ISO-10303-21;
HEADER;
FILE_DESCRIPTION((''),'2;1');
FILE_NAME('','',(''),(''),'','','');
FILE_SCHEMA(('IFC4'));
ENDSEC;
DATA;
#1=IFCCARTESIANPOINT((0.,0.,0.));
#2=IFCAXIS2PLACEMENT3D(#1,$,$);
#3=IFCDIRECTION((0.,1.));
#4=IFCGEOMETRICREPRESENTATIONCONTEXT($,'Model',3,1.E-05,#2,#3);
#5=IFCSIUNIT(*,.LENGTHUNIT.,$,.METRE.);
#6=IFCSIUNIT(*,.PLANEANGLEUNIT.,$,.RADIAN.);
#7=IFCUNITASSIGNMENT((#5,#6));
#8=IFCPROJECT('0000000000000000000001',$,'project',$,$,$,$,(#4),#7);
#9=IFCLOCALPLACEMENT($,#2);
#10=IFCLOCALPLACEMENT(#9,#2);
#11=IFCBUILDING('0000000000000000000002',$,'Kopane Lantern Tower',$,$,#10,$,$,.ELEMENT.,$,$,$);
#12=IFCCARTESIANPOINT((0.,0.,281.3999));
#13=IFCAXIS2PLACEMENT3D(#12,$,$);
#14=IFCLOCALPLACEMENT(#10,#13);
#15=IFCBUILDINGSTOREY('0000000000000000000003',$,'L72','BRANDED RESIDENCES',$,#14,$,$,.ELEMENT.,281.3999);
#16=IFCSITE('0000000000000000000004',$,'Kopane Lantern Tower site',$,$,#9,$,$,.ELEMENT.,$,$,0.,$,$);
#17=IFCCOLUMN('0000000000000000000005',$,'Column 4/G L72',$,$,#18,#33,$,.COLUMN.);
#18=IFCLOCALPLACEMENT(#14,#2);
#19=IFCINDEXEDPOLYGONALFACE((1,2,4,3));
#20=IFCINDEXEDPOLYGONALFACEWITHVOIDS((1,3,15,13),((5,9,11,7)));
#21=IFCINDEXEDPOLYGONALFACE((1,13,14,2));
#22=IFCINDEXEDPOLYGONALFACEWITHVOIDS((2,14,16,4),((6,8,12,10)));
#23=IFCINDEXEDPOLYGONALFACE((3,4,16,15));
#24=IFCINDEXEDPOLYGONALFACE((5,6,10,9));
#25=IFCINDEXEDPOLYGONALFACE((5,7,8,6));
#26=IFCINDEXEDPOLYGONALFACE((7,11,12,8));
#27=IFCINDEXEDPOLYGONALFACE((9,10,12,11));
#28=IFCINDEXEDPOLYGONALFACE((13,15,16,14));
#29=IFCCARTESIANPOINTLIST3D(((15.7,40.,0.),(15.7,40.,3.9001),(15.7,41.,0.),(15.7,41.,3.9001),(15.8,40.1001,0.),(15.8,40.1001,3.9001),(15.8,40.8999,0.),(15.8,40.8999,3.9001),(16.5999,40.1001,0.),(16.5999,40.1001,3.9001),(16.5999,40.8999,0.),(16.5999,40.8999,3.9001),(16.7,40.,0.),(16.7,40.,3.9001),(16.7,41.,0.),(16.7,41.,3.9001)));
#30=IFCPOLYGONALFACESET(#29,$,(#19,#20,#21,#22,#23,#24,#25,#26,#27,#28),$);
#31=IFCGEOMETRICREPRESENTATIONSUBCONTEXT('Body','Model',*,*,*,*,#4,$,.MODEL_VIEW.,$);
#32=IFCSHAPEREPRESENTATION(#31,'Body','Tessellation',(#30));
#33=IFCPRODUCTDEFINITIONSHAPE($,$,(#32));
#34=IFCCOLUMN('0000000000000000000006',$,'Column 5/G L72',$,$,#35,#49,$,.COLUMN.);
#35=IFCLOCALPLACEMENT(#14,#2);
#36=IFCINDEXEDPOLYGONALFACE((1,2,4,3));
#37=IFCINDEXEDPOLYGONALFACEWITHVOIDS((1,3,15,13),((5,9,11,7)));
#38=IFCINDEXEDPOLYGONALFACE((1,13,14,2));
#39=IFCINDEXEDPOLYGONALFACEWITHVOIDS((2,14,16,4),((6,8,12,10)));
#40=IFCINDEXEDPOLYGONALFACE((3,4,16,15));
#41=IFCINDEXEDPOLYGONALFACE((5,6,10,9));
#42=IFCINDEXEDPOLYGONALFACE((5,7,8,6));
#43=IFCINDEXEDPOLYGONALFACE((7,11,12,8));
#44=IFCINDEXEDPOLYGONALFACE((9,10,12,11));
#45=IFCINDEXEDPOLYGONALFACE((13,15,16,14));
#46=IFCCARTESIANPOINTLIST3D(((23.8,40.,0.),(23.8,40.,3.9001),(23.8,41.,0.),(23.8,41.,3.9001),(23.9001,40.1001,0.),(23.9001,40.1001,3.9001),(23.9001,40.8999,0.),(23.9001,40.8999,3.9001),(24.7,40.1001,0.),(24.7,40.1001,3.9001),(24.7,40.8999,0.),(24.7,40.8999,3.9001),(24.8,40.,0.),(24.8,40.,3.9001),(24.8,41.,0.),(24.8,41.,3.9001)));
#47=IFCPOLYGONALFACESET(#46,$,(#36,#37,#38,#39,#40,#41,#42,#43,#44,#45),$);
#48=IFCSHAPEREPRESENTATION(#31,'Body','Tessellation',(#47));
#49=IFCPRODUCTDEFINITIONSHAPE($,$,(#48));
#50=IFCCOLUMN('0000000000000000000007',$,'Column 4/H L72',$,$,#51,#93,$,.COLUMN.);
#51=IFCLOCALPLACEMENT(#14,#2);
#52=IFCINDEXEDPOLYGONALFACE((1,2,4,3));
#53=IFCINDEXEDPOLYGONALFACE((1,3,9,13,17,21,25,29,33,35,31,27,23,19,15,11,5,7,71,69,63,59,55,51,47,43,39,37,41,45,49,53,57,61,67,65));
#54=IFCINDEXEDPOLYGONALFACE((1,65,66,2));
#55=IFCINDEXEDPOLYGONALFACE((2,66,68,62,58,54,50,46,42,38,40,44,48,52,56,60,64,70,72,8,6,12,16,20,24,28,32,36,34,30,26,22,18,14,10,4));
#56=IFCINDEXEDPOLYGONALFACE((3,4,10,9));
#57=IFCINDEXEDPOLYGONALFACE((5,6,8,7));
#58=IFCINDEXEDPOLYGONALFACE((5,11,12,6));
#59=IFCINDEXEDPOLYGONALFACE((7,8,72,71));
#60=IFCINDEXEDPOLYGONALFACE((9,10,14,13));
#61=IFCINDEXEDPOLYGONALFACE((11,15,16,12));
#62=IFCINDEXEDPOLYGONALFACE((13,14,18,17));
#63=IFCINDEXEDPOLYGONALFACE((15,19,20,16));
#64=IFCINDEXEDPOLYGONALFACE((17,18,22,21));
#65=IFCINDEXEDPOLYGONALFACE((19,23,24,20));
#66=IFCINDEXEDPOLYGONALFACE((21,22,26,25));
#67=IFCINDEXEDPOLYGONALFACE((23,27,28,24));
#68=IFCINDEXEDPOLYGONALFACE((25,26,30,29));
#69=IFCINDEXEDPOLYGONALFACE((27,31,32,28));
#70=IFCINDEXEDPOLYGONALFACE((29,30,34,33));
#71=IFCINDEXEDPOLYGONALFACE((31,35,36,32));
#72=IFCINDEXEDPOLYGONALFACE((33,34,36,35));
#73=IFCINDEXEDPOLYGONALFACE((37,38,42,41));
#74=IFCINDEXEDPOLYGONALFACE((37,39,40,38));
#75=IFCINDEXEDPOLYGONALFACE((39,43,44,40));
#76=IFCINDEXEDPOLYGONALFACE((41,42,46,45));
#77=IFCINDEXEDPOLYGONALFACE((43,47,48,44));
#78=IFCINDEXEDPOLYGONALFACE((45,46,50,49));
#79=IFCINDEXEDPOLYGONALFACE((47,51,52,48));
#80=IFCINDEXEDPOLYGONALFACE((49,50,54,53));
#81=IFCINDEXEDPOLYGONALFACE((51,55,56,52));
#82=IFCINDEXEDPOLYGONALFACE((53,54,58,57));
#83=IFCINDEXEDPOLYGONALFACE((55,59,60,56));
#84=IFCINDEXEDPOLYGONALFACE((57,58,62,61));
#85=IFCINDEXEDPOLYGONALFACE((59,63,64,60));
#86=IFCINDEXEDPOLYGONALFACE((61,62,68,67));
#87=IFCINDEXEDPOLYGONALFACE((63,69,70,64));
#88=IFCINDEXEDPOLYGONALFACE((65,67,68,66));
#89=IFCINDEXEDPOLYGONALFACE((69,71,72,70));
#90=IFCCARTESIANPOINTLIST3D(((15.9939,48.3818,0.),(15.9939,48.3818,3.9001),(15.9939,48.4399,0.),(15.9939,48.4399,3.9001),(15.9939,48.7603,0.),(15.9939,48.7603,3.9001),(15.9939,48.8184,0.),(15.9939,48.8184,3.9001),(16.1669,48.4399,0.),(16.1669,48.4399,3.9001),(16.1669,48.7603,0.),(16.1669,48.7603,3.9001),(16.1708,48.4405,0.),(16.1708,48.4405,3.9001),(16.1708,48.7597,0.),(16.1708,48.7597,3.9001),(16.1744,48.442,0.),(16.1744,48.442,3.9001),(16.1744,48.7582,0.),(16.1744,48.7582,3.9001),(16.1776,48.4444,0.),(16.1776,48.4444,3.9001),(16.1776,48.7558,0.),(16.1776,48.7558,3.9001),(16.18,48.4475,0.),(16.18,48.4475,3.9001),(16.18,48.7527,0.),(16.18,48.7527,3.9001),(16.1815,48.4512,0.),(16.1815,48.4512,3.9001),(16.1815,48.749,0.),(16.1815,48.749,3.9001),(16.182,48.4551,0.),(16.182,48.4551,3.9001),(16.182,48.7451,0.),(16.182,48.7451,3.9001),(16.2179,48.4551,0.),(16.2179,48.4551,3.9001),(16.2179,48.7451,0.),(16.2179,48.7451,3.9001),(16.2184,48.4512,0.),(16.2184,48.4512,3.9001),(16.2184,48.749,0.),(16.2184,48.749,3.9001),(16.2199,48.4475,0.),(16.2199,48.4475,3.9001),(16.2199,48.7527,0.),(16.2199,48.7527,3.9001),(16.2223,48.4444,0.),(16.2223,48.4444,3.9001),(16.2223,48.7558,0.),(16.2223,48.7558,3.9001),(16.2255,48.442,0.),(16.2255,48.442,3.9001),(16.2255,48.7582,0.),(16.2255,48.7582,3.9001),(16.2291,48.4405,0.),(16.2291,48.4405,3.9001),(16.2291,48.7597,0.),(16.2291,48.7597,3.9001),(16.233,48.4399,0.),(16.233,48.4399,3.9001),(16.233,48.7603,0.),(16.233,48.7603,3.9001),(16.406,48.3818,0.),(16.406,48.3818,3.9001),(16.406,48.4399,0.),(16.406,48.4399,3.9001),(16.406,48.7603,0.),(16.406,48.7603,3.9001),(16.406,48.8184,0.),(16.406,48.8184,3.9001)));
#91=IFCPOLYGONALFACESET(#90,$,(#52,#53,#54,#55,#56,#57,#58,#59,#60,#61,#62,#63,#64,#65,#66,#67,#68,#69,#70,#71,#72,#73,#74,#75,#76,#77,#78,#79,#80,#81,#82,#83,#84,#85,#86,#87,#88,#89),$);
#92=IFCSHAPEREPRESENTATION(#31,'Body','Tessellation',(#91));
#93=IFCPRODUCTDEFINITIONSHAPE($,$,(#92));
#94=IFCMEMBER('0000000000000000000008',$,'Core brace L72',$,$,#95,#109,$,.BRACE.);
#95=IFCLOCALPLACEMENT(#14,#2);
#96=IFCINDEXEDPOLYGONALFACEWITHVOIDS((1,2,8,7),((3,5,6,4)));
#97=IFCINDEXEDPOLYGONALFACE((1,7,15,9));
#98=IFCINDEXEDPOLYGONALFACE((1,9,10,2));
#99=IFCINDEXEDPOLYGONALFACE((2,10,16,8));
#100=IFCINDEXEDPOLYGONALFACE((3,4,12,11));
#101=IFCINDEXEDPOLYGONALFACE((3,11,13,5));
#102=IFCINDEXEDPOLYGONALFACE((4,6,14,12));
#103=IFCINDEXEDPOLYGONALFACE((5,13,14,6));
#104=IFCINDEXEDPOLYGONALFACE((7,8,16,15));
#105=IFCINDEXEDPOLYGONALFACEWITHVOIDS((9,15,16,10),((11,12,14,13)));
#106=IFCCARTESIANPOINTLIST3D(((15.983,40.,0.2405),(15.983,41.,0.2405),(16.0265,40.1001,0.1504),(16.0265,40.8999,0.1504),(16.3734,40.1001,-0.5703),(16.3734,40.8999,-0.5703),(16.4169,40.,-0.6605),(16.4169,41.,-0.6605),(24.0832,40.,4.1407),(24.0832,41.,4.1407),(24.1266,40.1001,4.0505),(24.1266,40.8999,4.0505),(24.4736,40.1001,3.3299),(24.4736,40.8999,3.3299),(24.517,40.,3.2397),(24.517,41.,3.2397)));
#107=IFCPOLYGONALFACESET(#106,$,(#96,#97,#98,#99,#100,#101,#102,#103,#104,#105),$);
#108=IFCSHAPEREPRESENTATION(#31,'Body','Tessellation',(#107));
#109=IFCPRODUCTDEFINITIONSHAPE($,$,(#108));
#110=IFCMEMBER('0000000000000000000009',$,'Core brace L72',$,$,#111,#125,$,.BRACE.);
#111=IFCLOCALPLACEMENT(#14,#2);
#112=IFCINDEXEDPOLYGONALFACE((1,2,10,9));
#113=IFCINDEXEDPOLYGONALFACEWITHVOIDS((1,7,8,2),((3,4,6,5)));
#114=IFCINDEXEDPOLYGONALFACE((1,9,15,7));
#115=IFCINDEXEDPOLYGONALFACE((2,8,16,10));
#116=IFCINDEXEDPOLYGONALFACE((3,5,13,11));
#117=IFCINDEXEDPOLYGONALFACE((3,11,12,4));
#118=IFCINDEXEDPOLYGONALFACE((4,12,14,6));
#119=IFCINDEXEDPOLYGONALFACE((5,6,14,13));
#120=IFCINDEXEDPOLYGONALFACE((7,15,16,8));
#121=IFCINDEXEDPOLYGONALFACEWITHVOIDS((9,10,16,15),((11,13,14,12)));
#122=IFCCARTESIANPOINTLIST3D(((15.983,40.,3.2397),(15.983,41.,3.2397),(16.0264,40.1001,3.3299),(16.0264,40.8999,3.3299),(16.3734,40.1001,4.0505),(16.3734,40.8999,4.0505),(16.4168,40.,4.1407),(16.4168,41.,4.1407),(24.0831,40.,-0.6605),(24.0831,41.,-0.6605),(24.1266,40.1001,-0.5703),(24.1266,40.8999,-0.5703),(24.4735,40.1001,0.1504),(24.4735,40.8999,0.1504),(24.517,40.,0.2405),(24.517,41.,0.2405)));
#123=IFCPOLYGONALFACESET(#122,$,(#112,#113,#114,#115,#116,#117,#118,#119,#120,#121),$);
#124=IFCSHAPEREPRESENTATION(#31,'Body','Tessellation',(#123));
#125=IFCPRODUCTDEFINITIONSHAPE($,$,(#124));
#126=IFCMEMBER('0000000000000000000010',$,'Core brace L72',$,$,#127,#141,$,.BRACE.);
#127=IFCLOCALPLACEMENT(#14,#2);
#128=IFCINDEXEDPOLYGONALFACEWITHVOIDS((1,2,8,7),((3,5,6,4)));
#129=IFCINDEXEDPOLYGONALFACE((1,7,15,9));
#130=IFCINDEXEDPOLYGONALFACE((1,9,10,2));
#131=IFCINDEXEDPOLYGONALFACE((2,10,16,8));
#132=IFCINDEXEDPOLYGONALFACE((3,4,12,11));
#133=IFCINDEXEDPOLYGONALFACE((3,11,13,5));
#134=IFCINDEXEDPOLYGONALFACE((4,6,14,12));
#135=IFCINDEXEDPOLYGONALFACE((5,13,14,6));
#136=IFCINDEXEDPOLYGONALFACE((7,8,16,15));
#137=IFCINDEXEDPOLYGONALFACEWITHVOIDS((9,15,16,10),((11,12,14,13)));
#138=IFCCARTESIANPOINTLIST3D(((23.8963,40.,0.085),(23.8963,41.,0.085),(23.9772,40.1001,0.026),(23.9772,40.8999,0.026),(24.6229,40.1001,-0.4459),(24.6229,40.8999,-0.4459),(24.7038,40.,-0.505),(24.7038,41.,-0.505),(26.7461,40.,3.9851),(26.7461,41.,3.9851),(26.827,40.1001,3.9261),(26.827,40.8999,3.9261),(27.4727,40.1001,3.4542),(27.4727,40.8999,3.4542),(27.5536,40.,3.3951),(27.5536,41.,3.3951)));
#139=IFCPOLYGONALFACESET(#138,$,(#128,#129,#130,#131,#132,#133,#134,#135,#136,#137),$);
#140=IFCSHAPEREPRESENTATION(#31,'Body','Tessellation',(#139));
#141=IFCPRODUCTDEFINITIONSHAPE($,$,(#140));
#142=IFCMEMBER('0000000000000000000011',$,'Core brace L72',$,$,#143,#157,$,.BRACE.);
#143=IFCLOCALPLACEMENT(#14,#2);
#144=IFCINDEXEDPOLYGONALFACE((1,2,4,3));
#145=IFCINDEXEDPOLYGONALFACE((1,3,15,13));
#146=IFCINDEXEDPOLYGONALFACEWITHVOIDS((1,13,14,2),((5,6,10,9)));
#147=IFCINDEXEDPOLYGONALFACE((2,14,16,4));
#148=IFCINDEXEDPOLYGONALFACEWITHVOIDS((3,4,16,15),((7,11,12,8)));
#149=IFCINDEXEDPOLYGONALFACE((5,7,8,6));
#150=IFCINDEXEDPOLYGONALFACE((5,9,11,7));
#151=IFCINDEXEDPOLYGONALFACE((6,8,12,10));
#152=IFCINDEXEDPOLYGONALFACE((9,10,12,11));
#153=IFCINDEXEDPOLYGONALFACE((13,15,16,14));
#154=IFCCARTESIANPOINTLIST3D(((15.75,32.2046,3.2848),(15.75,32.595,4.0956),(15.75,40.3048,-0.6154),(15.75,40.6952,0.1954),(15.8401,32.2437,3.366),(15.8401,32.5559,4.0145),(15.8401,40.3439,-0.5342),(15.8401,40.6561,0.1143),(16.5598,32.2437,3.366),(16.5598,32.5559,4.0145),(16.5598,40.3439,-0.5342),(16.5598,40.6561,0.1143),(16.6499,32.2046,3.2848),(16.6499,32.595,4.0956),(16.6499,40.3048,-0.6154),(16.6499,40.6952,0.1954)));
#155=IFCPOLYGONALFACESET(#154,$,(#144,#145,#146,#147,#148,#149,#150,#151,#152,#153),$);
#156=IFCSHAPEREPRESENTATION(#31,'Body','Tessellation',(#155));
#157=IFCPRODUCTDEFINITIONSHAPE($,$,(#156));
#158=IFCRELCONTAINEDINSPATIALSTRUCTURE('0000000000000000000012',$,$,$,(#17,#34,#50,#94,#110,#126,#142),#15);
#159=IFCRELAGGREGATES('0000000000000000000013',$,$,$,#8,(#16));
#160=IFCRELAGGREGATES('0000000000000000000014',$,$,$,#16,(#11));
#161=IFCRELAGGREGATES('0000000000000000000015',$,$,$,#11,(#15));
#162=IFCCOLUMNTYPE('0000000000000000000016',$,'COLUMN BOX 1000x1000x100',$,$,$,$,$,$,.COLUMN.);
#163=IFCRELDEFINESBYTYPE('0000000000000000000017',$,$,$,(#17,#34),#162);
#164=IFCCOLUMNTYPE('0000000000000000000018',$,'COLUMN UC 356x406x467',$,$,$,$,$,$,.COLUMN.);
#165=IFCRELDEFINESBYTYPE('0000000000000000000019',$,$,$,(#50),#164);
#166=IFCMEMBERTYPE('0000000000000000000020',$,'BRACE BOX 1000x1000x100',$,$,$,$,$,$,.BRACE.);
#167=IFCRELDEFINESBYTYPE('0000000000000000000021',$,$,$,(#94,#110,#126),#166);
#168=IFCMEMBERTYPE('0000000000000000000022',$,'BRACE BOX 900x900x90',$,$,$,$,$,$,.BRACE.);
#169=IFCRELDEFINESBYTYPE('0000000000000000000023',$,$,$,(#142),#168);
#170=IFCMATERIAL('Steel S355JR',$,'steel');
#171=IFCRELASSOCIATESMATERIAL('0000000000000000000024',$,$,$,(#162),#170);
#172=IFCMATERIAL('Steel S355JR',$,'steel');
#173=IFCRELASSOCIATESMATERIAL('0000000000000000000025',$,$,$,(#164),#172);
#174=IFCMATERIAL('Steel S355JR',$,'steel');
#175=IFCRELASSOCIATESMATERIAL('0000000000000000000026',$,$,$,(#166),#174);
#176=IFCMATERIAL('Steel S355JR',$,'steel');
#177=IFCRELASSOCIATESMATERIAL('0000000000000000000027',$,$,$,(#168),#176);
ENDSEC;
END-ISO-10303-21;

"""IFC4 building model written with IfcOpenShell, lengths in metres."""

from ifc_helpers import new_model, si_unit, direction, frame, origin, origin_2d, place, context, subcontext, project, spatial, hollow_rectangle, i_section, extrude, material, material_profile, profile_set, type_object, element, save


model = new_model("IFC4")

# Units and contexts
model_context = context("Model", 3, precision=1e-05, world=origin(), true_north=direction((0.0, 1.0)))
body_context = subcontext(model_context, "Body", "Model", "MODEL_VIEW")
ifc_project = project(units=[si_unit("LENGTHUNIT", "METRE"), si_unit("PLANEANGLEUNIT", "RADIAN")], contexts=[model_context])

# Site, building, storey
site_placement = place(None, origin())
site = spatial("IfcSite", under=ifc_project, at=site_placement, Name="Kopane Lantern Tower site", CompositionType="ELEMENT", RefElevation=0.0)
building_placement = place(site_placement, origin())
building = spatial("IfcBuilding", under=site, at=building_placement, Name="Kopane Lantern Tower", CompositionType="ELEMENT")
storey_placement = place(building_placement, frame((0.0, 0.0, 281.3999)))
storey = spatial("IfcBuildingStorey", under=building, at=storey_placement, Name="L72", Description="BRANDED RESIDENCES", CompositionType="ELEMENT", Elevation=281.3999)

# Columns
ifc_material_1 = material(Name="Steel S355JR", Category="steel")
ifc_material_profile_1 = material_profile(ifc_material_1, hollow_rectangle(XDim=1.0, YDim=1.0, WallThickness=0.1001, at=origin_2d()), Name="BOX 1000x1000x100")
ifc_profile_set_1 = profile_set([ifc_material_profile_1], Name="Steel S355JR")
column_type_1 = type_object("IfcColumnType", Name="COLUMN BOX 1000x1000x100", PredefinedType="COLUMN", material=ifc_profile_set_1)
for number, where, z_axis, x_axis, name in (
    (1, (16.2, 40.5, 0.0), (0.0, 0.0, 1.0), (1.0, 0.0, 0.0), "Column 4/G L72"),
    (2, (24.3, 40.5, 0.0), (0.0, 0.0, 1.0), (1.0, 0.0, 0.0), "Column 5/G L72"),
):
    element("IfcColumn", number, at=place(storey_placement, frame(where, z_axis=z_axis, x_axis=x_axis)), inside=storey, type_object=column_type_1, Name=name, PredefinedType="COLUMN", context=body_context, shape_type="SweptSolid", body=[
        extrude(hollow_rectangle(XDim=1.0, YDim=1.0, WallThickness=0.1001, at=origin_2d()), origin(), (0.0, 0.0, 1.0), 3.9001),
    ])
ifc_material_2 = material(Name="Steel S355JR", Category="steel")
ifc_material_profile_2 = material_profile(ifc_material_2, i_section(OverallWidth=0.4121, OverallDepth=0.4365, WebThickness=0.0359, FlangeThickness=0.0581, FilletRadius=0.0151, at=origin_2d()), Name="UC 356x406x467")
ifc_profile_set_2 = profile_set([ifc_material_profile_2], Name="Steel S355JR")
column_type_2 = type_object("IfcColumnType", Name="COLUMN UC 356x406x467", PredefinedType="COLUMN", material=ifc_profile_set_2)
column_placement = place(storey_placement, frame((16.2, 48.6001, 0.0), z_axis=(0.0, 0.0, 1.0), x_axis=(1.0, 0.0, 0.0)))
element("IfcColumn", 3, at=column_placement, inside=storey, type_object=column_type_2, Name="Column 4/H L72", PredefinedType="COLUMN", context=body_context, shape_type="SweptSolid", body=[
    extrude(i_section(OverallWidth=0.4121, OverallDepth=0.4365, WebThickness=0.0359, FlangeThickness=0.0581, FilletRadius=0.0151, at=origin_2d()), origin(), (0.0, 0.0, 1.0), 3.9001),
])

# Members
ifc_material_3 = material(Name="Steel S355JR", Category="steel")
ifc_material_profile_3 = material_profile(ifc_material_3, hollow_rectangle(XDim=1.0, YDim=1.0, WallThickness=0.1001, at=origin_2d()), Name="BOX 1000x1000x100")
ifc_profile_set_3 = profile_set([ifc_material_profile_3], Name="Steel S355JR")
member_type_1 = type_object("IfcMemberType", Name="BRACE BOX 1000x1000x100", PredefinedType="BRACE", material=ifc_profile_set_3)
for number, where, z_axis, x_axis, name in (
    (4, (16.2, 40.5, -0.21), (0.900997, 0.0, 0.433825), (0.0, 1.0, 0.0), "Core brace L72"),
    (5, (24.3, 40.5, -0.21), (-0.900997, 0.0, 0.433825), (0.0, -1.0, 0.0), "Core brace L72"),
):
    element("IfcMember", number, at=place(storey_placement, frame(where, z_axis=z_axis, x_axis=x_axis)), inside=storey, type_object=member_type_1, Name=name, PredefinedType="BRACE", context=body_context, shape_type="SweptSolid", body=[
        extrude(hollow_rectangle(XDim=1.0, YDim=1.0, WallThickness=0.1001, at=origin_2d()), origin(), (0.0, 0.0, 1.0), 8.9902),
    ])
member_1_placement = place(storey_placement, frame((24.3, 40.5, -0.21), z_axis=(0.589982, 0.0, 0.807416), x_axis=(0.0, 1.0, 0.0)))
element("IfcMember", 6, at=member_1_placement, inside=storey, type_object=member_type_1, Name="Core brace L72", PredefinedType="BRACE", context=body_context, shape_type="SweptSolid", body=[
    extrude(hollow_rectangle(XDim=1.0, YDim=1.0, WallThickness=0.1001, at=origin_2d()), origin(), (0.0, 0.0, 1.0), 4.8303),
])
ifc_material_4 = material(Name="Steel S355JR", Category="steel")
ifc_material_profile_4 = material_profile(ifc_material_4, hollow_rectangle(XDim=0.8999, YDim=0.8999, WallThickness=0.0901, at=origin_2d()), Name="BOX 900x900x90")
ifc_profile_set_4 = profile_set([ifc_material_profile_4], Name="Steel S355JR")
member_type_2 = type_object("IfcMemberType", Name="BRACE BOX 900x900x90", PredefinedType="BRACE", material=ifc_profile_set_4)
member_2_placement = place(storey_placement, frame((16.2, 40.5, -0.21), z_axis=(0.0, -0.900997, 0.433825), x_axis=(1.0, 0.0, 0.0)))
element("IfcMember", 7, at=member_2_placement, inside=storey, type_object=member_type_2, Name="Core brace L72", PredefinedType="BRACE", context=body_context, shape_type="SweptSolid", body=[
    extrude(hollow_rectangle(XDim=0.8999, YDim=0.8999, WallThickness=0.0901, at=origin_2d()), origin(), (0.0, 0.0, 1.0), 8.9902),
])

save(model, "model.ifc")
